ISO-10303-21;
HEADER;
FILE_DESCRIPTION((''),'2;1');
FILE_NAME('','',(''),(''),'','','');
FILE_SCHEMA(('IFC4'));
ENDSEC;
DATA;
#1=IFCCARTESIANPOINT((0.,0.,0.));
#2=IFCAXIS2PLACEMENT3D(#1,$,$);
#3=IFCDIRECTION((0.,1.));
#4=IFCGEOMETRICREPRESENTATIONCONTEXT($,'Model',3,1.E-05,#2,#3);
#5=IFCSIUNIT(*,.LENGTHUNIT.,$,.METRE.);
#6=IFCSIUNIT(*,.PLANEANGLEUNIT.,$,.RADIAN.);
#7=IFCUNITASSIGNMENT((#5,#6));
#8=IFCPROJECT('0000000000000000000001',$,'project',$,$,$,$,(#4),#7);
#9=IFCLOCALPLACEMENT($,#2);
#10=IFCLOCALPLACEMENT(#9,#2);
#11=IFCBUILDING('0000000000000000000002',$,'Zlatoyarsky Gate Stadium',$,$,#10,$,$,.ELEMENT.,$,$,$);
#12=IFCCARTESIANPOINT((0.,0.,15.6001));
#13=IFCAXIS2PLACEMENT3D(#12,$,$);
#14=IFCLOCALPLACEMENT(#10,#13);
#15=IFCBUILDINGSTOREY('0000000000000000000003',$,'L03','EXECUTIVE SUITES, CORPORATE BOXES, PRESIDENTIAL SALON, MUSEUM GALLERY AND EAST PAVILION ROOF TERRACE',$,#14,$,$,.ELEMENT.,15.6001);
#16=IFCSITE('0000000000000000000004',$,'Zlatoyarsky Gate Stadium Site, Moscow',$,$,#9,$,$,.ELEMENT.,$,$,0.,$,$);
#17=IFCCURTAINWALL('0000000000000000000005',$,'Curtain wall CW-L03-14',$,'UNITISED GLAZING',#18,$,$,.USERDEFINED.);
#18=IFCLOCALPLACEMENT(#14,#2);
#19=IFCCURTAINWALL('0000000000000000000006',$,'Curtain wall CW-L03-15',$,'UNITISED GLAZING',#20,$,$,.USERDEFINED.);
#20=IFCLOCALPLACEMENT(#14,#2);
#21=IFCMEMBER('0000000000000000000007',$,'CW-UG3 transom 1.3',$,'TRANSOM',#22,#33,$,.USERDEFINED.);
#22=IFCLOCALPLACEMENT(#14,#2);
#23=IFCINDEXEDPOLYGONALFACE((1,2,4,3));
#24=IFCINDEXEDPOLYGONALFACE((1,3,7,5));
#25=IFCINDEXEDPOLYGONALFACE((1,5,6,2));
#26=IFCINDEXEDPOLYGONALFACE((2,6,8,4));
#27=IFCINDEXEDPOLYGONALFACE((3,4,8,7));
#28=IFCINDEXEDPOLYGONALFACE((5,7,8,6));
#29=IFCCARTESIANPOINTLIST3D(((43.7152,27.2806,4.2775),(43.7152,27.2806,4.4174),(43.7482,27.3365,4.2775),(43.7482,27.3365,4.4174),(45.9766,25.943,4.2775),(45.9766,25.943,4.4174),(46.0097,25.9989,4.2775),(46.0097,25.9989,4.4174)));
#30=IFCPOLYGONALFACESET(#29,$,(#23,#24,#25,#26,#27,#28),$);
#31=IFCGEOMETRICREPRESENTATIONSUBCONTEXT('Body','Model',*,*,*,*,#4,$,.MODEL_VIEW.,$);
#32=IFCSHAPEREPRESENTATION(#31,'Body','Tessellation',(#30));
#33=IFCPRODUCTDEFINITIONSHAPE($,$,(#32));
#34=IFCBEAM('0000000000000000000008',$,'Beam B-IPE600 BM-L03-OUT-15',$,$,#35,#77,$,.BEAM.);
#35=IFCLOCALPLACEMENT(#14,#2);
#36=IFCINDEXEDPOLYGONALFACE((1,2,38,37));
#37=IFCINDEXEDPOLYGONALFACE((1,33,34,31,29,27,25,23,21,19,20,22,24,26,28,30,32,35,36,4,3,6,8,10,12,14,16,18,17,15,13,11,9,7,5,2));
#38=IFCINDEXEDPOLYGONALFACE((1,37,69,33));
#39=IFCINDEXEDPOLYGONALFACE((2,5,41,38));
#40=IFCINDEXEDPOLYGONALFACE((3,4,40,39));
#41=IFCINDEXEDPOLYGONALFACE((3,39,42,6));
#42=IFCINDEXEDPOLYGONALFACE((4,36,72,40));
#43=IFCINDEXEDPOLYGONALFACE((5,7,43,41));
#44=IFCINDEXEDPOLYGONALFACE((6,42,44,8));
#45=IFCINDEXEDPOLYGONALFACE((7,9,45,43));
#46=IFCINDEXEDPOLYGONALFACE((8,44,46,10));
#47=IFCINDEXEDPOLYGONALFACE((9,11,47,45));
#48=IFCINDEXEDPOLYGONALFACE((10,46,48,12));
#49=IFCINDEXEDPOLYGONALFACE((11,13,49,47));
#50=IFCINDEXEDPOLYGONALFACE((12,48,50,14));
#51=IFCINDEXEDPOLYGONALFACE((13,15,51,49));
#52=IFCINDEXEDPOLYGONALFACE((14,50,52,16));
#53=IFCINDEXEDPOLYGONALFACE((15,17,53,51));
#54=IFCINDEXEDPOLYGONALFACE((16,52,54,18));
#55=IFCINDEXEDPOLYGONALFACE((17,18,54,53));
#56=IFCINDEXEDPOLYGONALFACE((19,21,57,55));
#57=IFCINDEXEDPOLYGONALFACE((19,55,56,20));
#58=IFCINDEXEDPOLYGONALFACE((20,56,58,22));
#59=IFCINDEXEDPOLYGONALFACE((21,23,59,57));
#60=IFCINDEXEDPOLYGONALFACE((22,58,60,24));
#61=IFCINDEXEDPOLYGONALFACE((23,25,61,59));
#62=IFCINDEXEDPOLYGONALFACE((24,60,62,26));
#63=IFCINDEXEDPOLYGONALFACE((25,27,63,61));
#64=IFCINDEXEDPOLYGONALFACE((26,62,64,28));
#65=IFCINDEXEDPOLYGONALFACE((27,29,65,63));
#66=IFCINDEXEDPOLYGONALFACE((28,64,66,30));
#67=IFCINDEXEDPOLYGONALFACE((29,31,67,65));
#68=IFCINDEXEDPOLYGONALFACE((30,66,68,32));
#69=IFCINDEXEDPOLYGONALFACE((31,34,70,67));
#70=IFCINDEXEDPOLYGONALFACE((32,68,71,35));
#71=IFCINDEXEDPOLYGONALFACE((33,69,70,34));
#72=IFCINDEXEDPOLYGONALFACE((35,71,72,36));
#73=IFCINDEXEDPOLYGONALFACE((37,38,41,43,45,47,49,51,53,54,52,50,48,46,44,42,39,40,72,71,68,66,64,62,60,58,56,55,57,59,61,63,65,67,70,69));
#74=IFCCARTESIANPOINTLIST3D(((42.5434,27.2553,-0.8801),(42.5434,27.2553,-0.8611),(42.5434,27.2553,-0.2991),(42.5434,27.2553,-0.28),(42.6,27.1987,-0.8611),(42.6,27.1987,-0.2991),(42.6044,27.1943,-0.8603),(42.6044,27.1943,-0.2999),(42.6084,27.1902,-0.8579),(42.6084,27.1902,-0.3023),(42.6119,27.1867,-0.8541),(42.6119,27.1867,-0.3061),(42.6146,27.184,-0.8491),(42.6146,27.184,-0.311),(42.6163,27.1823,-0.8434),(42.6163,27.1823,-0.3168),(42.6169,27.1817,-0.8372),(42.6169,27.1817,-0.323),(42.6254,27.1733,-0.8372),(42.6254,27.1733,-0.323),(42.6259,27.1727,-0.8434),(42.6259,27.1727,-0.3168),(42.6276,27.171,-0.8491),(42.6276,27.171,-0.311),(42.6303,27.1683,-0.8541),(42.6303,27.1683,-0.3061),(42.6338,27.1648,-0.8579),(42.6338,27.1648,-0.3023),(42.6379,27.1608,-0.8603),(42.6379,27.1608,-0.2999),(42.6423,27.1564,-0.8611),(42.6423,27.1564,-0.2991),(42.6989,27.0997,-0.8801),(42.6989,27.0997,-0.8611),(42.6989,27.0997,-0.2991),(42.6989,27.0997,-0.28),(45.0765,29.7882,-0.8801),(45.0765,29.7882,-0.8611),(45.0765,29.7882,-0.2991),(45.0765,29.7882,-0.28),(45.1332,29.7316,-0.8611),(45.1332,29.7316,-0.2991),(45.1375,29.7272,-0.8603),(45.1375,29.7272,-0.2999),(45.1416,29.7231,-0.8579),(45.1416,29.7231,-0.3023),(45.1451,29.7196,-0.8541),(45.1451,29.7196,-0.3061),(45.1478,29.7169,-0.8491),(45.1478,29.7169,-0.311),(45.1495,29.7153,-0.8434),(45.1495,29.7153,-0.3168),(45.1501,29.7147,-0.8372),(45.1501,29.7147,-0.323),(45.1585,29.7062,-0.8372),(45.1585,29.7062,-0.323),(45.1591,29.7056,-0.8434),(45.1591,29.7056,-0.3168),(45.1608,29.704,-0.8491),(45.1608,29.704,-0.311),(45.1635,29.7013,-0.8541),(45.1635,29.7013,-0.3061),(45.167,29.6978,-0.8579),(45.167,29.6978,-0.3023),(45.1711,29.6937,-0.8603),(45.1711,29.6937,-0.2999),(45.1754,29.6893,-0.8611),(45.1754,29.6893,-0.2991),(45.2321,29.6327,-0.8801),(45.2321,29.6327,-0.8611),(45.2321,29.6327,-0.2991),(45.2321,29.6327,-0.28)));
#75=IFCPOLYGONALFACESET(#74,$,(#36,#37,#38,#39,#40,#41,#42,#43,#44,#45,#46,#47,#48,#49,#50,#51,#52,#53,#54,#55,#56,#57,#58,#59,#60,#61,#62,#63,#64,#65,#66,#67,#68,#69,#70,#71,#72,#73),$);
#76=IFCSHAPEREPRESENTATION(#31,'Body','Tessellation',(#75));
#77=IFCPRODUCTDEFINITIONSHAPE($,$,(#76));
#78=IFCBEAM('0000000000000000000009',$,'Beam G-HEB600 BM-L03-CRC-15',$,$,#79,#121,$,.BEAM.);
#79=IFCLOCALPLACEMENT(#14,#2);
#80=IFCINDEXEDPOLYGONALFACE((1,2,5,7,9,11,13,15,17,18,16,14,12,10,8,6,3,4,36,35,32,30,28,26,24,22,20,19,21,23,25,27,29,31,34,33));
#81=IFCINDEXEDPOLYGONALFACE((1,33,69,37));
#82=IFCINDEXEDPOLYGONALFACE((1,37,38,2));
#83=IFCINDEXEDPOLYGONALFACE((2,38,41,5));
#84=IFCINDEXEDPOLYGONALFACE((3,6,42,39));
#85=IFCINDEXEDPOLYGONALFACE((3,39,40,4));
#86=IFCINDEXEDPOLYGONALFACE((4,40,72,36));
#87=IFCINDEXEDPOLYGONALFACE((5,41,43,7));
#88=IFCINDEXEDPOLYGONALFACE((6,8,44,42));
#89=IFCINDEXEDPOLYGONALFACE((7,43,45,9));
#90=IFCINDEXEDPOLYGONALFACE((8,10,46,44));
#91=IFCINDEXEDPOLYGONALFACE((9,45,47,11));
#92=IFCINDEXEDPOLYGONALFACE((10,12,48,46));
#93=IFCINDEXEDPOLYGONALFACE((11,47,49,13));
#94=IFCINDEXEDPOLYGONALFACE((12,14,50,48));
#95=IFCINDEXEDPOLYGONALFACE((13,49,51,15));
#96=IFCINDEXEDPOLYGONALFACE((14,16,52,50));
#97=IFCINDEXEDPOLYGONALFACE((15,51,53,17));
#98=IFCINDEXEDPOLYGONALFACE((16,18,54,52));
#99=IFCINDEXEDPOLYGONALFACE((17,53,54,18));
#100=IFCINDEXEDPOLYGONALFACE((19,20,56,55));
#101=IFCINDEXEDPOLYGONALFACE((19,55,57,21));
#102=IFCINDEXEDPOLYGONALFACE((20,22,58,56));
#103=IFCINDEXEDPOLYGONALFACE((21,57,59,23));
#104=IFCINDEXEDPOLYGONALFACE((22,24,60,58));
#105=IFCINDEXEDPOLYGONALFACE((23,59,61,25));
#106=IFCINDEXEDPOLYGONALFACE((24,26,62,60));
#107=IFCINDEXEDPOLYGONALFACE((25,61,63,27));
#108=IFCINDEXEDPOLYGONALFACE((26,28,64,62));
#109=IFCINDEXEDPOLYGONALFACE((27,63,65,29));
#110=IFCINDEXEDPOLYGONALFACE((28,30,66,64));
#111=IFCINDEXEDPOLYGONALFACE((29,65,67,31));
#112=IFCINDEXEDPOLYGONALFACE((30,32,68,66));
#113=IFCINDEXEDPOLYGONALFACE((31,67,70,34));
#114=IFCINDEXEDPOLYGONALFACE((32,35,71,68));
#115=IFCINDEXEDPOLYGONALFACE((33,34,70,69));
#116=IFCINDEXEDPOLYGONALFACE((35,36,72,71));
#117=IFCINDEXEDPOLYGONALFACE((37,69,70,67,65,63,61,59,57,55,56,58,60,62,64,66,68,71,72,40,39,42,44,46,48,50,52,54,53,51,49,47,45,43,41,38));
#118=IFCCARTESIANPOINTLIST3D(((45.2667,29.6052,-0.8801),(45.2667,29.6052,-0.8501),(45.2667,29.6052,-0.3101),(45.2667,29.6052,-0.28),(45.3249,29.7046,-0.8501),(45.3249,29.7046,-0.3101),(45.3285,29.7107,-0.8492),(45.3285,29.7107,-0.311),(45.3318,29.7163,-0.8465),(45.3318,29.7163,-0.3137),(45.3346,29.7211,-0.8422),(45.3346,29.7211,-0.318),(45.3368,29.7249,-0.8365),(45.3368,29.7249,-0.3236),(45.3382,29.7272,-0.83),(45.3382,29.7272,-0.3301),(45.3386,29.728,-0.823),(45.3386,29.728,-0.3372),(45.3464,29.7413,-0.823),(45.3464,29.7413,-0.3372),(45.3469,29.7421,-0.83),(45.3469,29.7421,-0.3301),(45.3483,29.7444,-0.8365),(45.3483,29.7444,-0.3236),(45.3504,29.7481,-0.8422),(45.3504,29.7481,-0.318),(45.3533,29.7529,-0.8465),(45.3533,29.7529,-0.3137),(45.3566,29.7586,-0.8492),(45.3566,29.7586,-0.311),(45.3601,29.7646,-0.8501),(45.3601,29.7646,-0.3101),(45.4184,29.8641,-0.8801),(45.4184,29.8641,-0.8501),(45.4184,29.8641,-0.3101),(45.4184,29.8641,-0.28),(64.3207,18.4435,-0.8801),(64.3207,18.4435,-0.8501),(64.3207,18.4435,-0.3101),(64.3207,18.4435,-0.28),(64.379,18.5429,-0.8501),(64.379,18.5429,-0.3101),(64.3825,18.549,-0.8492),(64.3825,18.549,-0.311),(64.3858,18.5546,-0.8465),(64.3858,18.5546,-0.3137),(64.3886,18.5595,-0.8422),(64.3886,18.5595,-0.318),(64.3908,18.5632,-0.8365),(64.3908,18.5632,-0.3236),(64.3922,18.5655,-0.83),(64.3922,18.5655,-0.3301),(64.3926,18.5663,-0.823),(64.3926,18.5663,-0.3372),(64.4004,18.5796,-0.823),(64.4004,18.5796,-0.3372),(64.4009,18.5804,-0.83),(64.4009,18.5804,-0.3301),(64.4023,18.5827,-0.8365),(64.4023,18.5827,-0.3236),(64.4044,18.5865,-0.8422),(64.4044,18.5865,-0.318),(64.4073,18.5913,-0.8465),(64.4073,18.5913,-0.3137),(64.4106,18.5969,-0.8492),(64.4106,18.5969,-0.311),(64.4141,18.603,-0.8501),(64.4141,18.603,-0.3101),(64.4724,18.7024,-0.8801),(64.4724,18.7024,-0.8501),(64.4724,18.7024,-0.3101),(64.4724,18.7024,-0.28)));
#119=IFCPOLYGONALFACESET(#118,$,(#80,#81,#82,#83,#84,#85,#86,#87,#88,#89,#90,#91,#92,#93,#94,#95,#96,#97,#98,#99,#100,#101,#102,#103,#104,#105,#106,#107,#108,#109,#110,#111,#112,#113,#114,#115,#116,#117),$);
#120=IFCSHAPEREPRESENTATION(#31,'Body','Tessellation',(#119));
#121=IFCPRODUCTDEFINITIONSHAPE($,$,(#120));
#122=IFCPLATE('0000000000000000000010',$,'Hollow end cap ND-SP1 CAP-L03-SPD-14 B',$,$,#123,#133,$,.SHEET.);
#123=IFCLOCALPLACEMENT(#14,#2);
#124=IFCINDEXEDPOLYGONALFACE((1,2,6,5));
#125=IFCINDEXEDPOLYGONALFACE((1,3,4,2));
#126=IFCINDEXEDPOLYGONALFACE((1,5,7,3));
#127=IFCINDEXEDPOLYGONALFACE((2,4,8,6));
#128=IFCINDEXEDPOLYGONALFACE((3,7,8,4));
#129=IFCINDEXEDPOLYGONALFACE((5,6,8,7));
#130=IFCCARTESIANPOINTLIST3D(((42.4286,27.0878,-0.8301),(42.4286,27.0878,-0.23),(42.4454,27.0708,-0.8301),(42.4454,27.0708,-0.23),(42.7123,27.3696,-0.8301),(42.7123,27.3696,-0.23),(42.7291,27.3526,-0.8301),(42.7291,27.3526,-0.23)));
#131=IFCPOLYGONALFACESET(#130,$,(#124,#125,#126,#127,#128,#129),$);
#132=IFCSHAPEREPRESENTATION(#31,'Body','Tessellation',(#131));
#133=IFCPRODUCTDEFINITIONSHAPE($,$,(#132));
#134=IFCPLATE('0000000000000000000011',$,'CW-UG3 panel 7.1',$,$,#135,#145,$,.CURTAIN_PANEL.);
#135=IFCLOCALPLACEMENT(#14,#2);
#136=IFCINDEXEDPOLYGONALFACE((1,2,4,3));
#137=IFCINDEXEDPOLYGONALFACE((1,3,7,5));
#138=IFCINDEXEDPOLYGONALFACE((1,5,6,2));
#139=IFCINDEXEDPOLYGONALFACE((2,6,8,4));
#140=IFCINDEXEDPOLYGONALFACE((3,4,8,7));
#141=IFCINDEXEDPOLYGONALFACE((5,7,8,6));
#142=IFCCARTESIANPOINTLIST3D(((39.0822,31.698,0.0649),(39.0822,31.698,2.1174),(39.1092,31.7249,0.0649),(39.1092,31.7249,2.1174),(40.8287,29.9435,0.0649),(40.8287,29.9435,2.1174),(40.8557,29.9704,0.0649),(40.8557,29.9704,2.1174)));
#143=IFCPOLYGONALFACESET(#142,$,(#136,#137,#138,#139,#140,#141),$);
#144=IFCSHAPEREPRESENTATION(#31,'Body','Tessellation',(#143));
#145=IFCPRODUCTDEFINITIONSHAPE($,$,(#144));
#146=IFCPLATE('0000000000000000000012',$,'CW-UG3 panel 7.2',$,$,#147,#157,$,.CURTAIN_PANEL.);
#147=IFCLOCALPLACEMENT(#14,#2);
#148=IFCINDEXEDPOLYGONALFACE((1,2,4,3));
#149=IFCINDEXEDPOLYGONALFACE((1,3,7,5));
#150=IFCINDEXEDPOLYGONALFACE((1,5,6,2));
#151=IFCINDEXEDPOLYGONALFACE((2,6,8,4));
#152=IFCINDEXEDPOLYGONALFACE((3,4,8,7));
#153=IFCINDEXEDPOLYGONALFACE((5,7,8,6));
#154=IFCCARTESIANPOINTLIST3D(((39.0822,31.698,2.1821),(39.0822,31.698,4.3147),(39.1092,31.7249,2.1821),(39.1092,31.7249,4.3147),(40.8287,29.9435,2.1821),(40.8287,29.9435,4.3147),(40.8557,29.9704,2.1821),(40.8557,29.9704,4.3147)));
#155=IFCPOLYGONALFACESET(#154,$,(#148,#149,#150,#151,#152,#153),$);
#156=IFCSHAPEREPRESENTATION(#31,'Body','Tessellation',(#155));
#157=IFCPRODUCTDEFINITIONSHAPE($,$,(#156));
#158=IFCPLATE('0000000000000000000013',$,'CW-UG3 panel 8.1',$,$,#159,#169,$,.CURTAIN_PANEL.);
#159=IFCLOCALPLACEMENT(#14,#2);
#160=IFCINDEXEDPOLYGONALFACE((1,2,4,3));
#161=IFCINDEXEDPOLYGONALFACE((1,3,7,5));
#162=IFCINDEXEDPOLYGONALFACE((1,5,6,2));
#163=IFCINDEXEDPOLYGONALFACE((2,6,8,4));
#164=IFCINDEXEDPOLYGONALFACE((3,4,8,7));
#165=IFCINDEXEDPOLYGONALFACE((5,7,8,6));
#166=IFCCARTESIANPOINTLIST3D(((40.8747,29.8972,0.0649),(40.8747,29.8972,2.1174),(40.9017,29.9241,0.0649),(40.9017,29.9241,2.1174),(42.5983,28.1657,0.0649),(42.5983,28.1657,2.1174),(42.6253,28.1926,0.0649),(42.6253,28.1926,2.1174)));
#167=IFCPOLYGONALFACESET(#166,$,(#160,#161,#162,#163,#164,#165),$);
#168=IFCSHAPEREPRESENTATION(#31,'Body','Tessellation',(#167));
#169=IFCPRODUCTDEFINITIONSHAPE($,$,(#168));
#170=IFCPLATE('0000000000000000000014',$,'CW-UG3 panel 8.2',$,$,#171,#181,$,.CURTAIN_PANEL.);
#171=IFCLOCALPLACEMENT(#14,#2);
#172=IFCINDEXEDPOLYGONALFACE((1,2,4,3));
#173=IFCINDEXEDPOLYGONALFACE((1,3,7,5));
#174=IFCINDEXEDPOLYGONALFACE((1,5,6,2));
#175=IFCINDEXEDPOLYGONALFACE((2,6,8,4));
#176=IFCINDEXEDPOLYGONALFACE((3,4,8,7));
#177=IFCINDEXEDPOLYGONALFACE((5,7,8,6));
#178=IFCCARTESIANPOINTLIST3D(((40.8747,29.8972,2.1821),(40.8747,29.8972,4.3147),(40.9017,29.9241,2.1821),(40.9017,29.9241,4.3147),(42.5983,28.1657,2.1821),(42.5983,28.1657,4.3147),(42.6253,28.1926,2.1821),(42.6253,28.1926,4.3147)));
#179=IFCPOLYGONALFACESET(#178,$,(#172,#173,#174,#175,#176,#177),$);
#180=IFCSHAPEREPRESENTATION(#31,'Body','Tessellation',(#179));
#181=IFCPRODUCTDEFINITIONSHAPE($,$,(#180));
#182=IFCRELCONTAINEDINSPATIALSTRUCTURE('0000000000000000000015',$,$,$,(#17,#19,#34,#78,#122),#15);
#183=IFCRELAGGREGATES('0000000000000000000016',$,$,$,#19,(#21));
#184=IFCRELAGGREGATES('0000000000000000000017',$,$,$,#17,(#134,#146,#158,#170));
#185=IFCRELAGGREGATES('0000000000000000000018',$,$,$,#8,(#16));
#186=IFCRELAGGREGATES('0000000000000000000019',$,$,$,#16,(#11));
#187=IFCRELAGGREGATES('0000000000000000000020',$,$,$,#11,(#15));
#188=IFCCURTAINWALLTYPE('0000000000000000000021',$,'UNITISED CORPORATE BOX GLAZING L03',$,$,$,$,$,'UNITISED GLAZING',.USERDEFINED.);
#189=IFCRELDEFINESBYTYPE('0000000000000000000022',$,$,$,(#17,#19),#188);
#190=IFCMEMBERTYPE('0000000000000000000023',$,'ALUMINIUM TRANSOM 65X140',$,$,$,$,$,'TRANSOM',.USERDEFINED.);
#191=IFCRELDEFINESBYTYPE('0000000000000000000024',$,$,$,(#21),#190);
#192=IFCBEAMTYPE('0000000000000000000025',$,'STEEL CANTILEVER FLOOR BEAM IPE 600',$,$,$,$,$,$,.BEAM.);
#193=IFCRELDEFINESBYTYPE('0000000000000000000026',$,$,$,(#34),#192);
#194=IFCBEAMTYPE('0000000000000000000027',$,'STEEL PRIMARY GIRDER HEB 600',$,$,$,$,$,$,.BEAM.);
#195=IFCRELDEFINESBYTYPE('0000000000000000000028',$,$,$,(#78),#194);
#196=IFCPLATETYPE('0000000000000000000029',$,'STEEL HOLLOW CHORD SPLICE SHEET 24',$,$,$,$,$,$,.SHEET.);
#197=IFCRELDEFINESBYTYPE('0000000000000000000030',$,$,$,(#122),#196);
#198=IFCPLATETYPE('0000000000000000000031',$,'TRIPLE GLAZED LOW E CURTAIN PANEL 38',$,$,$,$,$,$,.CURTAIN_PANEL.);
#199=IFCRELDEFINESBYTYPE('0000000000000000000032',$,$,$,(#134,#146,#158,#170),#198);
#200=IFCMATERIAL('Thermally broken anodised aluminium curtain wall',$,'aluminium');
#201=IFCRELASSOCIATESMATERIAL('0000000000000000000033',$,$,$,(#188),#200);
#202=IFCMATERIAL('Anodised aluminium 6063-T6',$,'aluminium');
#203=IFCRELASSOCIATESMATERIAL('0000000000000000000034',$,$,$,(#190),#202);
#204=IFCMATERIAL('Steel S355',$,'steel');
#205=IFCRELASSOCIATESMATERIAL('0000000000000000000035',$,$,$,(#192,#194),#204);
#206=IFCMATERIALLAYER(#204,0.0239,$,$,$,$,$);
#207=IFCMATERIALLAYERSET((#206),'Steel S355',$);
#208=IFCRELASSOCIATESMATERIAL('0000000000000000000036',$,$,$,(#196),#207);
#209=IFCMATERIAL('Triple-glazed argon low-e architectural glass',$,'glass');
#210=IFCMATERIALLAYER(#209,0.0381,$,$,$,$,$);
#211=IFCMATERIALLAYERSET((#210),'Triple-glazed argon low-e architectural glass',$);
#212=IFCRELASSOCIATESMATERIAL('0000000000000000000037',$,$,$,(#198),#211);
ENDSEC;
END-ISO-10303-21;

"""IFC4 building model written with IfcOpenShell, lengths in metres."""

from ifc_helpers import new_model, si_unit, direction, frame, origin, origin_2d, place, context, subcontext, project, spatial, rectangle, i_section, extrude, material, layer, layer_set, material_profile, profile_set, type_object, element, aggregate, save


model = new_model("IFC4")

# Units and contexts
model_context = context("Model", 3, precision=1e-05, world=origin(), true_north=direction((0.0, 1.0)))
body_context = subcontext(model_context, "Body", "Model", "MODEL_VIEW")
ifc_project = project(units=[si_unit("LENGTHUNIT", "METRE"), si_unit("PLANEANGLEUNIT", "RADIAN")], contexts=[model_context])

# Site, building, storey
site_placement = place(None, origin())
site = spatial("IfcSite", under=ifc_project, at=site_placement, Name="Zlatoyarsky Gate Stadium Site, Moscow", CompositionType="ELEMENT", RefElevation=0.0)
building_placement = place(site_placement, origin())
building = spatial("IfcBuilding", under=site, at=building_placement, Name="Zlatoyarsky Gate Stadium", CompositionType="ELEMENT")
storey_placement = place(building_placement, frame((0.0, 0.0, 15.6001)))
storey = spatial("IfcBuildingStorey", under=building, at=storey_placement, Name="L03", Description="EXECUTIVE SUITES, CORPORATE BOXES, PRESIDENTIAL SALON, MUSEUM GALLERY AND EAST PAVILION ROOF TERRACE", CompositionType="ELEMENT", Elevation=15.6001)

# Shared definitions
ifc_material_1 = material(Name="Steel S355", Category="steel")

# Curtain wall
ifc_material_2 = material(Name="Thermally broken anodised aluminium curtain wall", Category="aluminium")
curtain_wall_type = type_object("IfcCurtainWallType", Name="UNITISED CORPORATE BOX GLAZING L03", ElementType="UNITISED GLAZING", PredefinedType="USERDEFINED", material=ifc_material_2)
curtain_wall_1_placement = place(storey_placement, origin())
curtain_wall_1 = element("IfcCurtainWall", 1, at=curtain_wall_1_placement, inside=storey, type_object=curtain_wall_type, Name="Curtain wall CW-L03-14", ObjectType="UNITISED GLAZING", PredefinedType="USERDEFINED")
ifc_material_3 = material(Name="Anodised aluminium 6063-T6", Category="aluminium")

# Curtain wall
curtain_wall_2_placement = place(storey_placement, origin())
curtain_wall_2 = element("IfcCurtainWall", 2, at=curtain_wall_2_placement, inside=storey, type_object=curtain_wall_type, Name="Curtain wall CW-L03-15", ObjectType="UNITISED GLAZING", PredefinedType="USERDEFINED")

# Member
ifc_material_profile_1 = material_profile(ifc_material_3, rectangle(XDim=0.0649, YDim=0.1399, at=origin_2d()), Name="ALU 65X140")
ifc_profile_set_1 = profile_set([ifc_material_profile_1], Name="Anodised aluminium 6063-T6")
member_type_1 = type_object("IfcMemberType", Name="ALUMINIUM TRANSOM 65X140", ElementType="TRANSOM", PredefinedType="USERDEFINED", material=ifc_profile_set_1)
member_1_placement = place(storey_placement, frame((43.7317, 27.3086, 4.3474), z_axis=(0.860706, -0.509102, 0.0), x_axis=(0.509102, 0.860706, 0.0)))
member_1 = element("IfcMember", 3, at=member_1_placement, type_object=member_type_1, Name="CW-UG3 transom 1.3", ObjectType="TRANSOM", PredefinedType="USERDEFINED", context=body_context, shape_type="SweptSolid", body=[
    extrude(rectangle(XDim=0.0649, YDim=0.1399, at=origin_2d()), origin(), (0.0, 0.0, 1.0), 2.6274),
])
aggregate(curtain_wall_2, [member_1])

# Beams
ifc_material_profile_2 = material_profile(ifc_material_1, i_section(OverallWidth=0.22, OverallDepth=0.6001, WebThickness=0.012, FlangeThickness=0.019, FilletRadius=0.0239, at=origin_2d()), Name="IPE 600")
ifc_profile_set_2 = profile_set([ifc_material_profile_2], Name="Steel S355")
beam_type_1 = type_object("IfcBeamType", Name="STEEL CANTILEVER FLOOR BEAM IPE 600", PredefinedType="BEAM", material=ifc_profile_set_2)
beam_1_placement = place(storey_placement, frame((45.1543, 29.7104, -0.5801), z_axis=(-0.707141, -0.707073, 0.0), x_axis=(0.707073, -0.707141, 0.0)))
element("IfcBeam", 4, at=beam_1_placement, inside=storey, type_object=beam_type_1, Name="Beam B-IPE600 BM-L03-OUT-15", PredefinedType="BEAM", context=body_context, shape_type="SweptSolid", body=[
    extrude(i_section(OverallWidth=0.22, OverallDepth=0.6001, WebThickness=0.012, FlangeThickness=0.019, FilletRadius=0.0239, at=origin_2d()), origin(), (0.0, 0.0, 1.0), 3.5823),
])
ifc_material_profile_3 = material_profile(ifc_material_1, i_section(OverallWidth=0.3, OverallDepth=0.6001, WebThickness=0.0154, FlangeThickness=0.03, FilletRadius=0.0271, at=origin_2d()), Name="HEB 600")
ifc_profile_set_3 = profile_set([ifc_material_profile_3], Name="Steel S355")
beam_type_2 = type_object("IfcBeamType", Name="STEEL PRIMARY GIRDER HEB 600", PredefinedType="BEAM", material=ifc_profile_set_3)
beam_2_placement = place(storey_placement, frame((45.3425, 29.7346, -0.5801), z_axis=(0.862855, -0.505452, 0.0), x_axis=(0.505452, 0.862855, 0.0)))
element("IfcBeam", 5, at=beam_2_placement, inside=storey, type_object=beam_type_2, Name="Beam G-HEB600 BM-L03-CRC-15", PredefinedType="BEAM", context=body_context, shape_type="SweptSolid", body=[
    extrude(i_section(OverallWidth=0.3, OverallDepth=0.6001, WebThickness=0.0154, FlangeThickness=0.03, FilletRadius=0.0271, at=origin_2d()), origin(), (0.0, 0.0, 1.0), 22.0825),
])

# Plates
ifc_layer_1 = layer(ifc_material_1, 0.0239)
ifc_layer_set_1 = layer_set([ifc_layer_1], Name="Steel S355")
plate_type_1 = type_object("IfcPlateType", Name="STEEL HOLLOW CHORD SPLICE SHEET 24", PredefinedType="SHEET", material=ifc_layer_set_1)
plate_1_placement = place(storey_placement, frame((42.5789, 27.2202, -0.8301), z_axis=(0.0, 0.0, 1.0), x_axis=(0.70473, -0.709476, 0.0)))
element("IfcPlate", 6, at=plate_1_placement, inside=storey, type_object=plate_type_1, Name="Hollow end cap ND-SP1 CAP-L03-SPD-14 B", PredefinedType="SHEET", context=body_context, shape_type="SweptSolid", body=[
    extrude(rectangle(XDim=0.0239, YDim=0.3999, at=origin_2d()), origin(), (0.0, 0.0, 1.0), 0.6001),
])
ifc_material_4 = material(Name="Triple-glazed argon low-e architectural glass", Category="glass")
ifc_layer_2 = layer(ifc_material_4, 0.0381)
ifc_layer_set_2 = layer_set([ifc_layer_2], Name="Triple-glazed argon low-e architectural glass")
plate_type_2 = type_object("IfcPlateType", Name="TRIPLE GLAZED LOW E CURTAIN PANEL 38", PredefinedType="CURTAIN_PANEL", material=ifc_layer_set_2)
plate_2_placement = place(storey_placement, frame((39.969, 30.8342, 0.0649), z_axis=(0.0, 0.0, 1.0), x_axis=(0.705489, -0.708721, 0.0)))
plate_2 = element("IfcPlate", 7, at=plate_2_placement, type_object=plate_type_2, Name="CW-UG3 panel 7.1", PredefinedType="CURTAIN_PANEL", context=body_context, shape_type="SweptSolid", body=[
    extrude(rectangle(XDim=2.4756, YDim=0.0381, at=origin_2d()), origin(), (0.0, 0.0, 1.0), 2.0525),
])
plate_3_placement = place(storey_placement, frame((39.969, 30.8342, 2.1821), z_axis=(0.0, 0.0, 1.0), x_axis=(0.705489, -0.708721, 0.0)))
plate_3 = element("IfcPlate", 8, at=plate_3_placement, type_object=plate_type_2, Name="CW-UG3 panel 7.2", PredefinedType="CURTAIN_PANEL", context=body_context, shape_type="SweptSolid", body=[
    extrude(rectangle(XDim=2.4756, YDim=0.0381, at=origin_2d()), origin(), (0.0, 0.0, 1.0), 2.1326),
])
plate_4_placement = place(storey_placement, frame((41.75, 29.0449, 0.0649), z_axis=(0.0, 0.0, 1.0), x_axis=(0.705489, -0.708721, 0.0)))
plate_4 = element("IfcPlate", 9, at=plate_4_placement, type_object=plate_type_2, Name="CW-UG3 panel 8.1", PredefinedType="CURTAIN_PANEL", context=body_context, shape_type="SweptSolid", body=[
    extrude(rectangle(XDim=2.4431, YDim=0.0381, at=origin_2d()), origin(), (0.0, 0.0, 1.0), 2.0525),
])
plate_5_placement = place(storey_placement, frame((41.75, 29.0449, 2.1821), z_axis=(0.0, 0.0, 1.0), x_axis=(0.705489, -0.708721, 0.0)))
plate_5 = element("IfcPlate", 10, at=plate_5_placement, type_object=plate_type_2, Name="CW-UG3 panel 8.2", PredefinedType="CURTAIN_PANEL", context=body_context, shape_type="SweptSolid", body=[
    extrude(rectangle(XDim=2.4431, YDim=0.0381, at=origin_2d()), origin(), (0.0, 0.0, 1.0), 2.1326),
])
aggregate(curtain_wall_1, [plate_2, plate_3, plate_4, plate_5])

save(model, "model.ifc")
